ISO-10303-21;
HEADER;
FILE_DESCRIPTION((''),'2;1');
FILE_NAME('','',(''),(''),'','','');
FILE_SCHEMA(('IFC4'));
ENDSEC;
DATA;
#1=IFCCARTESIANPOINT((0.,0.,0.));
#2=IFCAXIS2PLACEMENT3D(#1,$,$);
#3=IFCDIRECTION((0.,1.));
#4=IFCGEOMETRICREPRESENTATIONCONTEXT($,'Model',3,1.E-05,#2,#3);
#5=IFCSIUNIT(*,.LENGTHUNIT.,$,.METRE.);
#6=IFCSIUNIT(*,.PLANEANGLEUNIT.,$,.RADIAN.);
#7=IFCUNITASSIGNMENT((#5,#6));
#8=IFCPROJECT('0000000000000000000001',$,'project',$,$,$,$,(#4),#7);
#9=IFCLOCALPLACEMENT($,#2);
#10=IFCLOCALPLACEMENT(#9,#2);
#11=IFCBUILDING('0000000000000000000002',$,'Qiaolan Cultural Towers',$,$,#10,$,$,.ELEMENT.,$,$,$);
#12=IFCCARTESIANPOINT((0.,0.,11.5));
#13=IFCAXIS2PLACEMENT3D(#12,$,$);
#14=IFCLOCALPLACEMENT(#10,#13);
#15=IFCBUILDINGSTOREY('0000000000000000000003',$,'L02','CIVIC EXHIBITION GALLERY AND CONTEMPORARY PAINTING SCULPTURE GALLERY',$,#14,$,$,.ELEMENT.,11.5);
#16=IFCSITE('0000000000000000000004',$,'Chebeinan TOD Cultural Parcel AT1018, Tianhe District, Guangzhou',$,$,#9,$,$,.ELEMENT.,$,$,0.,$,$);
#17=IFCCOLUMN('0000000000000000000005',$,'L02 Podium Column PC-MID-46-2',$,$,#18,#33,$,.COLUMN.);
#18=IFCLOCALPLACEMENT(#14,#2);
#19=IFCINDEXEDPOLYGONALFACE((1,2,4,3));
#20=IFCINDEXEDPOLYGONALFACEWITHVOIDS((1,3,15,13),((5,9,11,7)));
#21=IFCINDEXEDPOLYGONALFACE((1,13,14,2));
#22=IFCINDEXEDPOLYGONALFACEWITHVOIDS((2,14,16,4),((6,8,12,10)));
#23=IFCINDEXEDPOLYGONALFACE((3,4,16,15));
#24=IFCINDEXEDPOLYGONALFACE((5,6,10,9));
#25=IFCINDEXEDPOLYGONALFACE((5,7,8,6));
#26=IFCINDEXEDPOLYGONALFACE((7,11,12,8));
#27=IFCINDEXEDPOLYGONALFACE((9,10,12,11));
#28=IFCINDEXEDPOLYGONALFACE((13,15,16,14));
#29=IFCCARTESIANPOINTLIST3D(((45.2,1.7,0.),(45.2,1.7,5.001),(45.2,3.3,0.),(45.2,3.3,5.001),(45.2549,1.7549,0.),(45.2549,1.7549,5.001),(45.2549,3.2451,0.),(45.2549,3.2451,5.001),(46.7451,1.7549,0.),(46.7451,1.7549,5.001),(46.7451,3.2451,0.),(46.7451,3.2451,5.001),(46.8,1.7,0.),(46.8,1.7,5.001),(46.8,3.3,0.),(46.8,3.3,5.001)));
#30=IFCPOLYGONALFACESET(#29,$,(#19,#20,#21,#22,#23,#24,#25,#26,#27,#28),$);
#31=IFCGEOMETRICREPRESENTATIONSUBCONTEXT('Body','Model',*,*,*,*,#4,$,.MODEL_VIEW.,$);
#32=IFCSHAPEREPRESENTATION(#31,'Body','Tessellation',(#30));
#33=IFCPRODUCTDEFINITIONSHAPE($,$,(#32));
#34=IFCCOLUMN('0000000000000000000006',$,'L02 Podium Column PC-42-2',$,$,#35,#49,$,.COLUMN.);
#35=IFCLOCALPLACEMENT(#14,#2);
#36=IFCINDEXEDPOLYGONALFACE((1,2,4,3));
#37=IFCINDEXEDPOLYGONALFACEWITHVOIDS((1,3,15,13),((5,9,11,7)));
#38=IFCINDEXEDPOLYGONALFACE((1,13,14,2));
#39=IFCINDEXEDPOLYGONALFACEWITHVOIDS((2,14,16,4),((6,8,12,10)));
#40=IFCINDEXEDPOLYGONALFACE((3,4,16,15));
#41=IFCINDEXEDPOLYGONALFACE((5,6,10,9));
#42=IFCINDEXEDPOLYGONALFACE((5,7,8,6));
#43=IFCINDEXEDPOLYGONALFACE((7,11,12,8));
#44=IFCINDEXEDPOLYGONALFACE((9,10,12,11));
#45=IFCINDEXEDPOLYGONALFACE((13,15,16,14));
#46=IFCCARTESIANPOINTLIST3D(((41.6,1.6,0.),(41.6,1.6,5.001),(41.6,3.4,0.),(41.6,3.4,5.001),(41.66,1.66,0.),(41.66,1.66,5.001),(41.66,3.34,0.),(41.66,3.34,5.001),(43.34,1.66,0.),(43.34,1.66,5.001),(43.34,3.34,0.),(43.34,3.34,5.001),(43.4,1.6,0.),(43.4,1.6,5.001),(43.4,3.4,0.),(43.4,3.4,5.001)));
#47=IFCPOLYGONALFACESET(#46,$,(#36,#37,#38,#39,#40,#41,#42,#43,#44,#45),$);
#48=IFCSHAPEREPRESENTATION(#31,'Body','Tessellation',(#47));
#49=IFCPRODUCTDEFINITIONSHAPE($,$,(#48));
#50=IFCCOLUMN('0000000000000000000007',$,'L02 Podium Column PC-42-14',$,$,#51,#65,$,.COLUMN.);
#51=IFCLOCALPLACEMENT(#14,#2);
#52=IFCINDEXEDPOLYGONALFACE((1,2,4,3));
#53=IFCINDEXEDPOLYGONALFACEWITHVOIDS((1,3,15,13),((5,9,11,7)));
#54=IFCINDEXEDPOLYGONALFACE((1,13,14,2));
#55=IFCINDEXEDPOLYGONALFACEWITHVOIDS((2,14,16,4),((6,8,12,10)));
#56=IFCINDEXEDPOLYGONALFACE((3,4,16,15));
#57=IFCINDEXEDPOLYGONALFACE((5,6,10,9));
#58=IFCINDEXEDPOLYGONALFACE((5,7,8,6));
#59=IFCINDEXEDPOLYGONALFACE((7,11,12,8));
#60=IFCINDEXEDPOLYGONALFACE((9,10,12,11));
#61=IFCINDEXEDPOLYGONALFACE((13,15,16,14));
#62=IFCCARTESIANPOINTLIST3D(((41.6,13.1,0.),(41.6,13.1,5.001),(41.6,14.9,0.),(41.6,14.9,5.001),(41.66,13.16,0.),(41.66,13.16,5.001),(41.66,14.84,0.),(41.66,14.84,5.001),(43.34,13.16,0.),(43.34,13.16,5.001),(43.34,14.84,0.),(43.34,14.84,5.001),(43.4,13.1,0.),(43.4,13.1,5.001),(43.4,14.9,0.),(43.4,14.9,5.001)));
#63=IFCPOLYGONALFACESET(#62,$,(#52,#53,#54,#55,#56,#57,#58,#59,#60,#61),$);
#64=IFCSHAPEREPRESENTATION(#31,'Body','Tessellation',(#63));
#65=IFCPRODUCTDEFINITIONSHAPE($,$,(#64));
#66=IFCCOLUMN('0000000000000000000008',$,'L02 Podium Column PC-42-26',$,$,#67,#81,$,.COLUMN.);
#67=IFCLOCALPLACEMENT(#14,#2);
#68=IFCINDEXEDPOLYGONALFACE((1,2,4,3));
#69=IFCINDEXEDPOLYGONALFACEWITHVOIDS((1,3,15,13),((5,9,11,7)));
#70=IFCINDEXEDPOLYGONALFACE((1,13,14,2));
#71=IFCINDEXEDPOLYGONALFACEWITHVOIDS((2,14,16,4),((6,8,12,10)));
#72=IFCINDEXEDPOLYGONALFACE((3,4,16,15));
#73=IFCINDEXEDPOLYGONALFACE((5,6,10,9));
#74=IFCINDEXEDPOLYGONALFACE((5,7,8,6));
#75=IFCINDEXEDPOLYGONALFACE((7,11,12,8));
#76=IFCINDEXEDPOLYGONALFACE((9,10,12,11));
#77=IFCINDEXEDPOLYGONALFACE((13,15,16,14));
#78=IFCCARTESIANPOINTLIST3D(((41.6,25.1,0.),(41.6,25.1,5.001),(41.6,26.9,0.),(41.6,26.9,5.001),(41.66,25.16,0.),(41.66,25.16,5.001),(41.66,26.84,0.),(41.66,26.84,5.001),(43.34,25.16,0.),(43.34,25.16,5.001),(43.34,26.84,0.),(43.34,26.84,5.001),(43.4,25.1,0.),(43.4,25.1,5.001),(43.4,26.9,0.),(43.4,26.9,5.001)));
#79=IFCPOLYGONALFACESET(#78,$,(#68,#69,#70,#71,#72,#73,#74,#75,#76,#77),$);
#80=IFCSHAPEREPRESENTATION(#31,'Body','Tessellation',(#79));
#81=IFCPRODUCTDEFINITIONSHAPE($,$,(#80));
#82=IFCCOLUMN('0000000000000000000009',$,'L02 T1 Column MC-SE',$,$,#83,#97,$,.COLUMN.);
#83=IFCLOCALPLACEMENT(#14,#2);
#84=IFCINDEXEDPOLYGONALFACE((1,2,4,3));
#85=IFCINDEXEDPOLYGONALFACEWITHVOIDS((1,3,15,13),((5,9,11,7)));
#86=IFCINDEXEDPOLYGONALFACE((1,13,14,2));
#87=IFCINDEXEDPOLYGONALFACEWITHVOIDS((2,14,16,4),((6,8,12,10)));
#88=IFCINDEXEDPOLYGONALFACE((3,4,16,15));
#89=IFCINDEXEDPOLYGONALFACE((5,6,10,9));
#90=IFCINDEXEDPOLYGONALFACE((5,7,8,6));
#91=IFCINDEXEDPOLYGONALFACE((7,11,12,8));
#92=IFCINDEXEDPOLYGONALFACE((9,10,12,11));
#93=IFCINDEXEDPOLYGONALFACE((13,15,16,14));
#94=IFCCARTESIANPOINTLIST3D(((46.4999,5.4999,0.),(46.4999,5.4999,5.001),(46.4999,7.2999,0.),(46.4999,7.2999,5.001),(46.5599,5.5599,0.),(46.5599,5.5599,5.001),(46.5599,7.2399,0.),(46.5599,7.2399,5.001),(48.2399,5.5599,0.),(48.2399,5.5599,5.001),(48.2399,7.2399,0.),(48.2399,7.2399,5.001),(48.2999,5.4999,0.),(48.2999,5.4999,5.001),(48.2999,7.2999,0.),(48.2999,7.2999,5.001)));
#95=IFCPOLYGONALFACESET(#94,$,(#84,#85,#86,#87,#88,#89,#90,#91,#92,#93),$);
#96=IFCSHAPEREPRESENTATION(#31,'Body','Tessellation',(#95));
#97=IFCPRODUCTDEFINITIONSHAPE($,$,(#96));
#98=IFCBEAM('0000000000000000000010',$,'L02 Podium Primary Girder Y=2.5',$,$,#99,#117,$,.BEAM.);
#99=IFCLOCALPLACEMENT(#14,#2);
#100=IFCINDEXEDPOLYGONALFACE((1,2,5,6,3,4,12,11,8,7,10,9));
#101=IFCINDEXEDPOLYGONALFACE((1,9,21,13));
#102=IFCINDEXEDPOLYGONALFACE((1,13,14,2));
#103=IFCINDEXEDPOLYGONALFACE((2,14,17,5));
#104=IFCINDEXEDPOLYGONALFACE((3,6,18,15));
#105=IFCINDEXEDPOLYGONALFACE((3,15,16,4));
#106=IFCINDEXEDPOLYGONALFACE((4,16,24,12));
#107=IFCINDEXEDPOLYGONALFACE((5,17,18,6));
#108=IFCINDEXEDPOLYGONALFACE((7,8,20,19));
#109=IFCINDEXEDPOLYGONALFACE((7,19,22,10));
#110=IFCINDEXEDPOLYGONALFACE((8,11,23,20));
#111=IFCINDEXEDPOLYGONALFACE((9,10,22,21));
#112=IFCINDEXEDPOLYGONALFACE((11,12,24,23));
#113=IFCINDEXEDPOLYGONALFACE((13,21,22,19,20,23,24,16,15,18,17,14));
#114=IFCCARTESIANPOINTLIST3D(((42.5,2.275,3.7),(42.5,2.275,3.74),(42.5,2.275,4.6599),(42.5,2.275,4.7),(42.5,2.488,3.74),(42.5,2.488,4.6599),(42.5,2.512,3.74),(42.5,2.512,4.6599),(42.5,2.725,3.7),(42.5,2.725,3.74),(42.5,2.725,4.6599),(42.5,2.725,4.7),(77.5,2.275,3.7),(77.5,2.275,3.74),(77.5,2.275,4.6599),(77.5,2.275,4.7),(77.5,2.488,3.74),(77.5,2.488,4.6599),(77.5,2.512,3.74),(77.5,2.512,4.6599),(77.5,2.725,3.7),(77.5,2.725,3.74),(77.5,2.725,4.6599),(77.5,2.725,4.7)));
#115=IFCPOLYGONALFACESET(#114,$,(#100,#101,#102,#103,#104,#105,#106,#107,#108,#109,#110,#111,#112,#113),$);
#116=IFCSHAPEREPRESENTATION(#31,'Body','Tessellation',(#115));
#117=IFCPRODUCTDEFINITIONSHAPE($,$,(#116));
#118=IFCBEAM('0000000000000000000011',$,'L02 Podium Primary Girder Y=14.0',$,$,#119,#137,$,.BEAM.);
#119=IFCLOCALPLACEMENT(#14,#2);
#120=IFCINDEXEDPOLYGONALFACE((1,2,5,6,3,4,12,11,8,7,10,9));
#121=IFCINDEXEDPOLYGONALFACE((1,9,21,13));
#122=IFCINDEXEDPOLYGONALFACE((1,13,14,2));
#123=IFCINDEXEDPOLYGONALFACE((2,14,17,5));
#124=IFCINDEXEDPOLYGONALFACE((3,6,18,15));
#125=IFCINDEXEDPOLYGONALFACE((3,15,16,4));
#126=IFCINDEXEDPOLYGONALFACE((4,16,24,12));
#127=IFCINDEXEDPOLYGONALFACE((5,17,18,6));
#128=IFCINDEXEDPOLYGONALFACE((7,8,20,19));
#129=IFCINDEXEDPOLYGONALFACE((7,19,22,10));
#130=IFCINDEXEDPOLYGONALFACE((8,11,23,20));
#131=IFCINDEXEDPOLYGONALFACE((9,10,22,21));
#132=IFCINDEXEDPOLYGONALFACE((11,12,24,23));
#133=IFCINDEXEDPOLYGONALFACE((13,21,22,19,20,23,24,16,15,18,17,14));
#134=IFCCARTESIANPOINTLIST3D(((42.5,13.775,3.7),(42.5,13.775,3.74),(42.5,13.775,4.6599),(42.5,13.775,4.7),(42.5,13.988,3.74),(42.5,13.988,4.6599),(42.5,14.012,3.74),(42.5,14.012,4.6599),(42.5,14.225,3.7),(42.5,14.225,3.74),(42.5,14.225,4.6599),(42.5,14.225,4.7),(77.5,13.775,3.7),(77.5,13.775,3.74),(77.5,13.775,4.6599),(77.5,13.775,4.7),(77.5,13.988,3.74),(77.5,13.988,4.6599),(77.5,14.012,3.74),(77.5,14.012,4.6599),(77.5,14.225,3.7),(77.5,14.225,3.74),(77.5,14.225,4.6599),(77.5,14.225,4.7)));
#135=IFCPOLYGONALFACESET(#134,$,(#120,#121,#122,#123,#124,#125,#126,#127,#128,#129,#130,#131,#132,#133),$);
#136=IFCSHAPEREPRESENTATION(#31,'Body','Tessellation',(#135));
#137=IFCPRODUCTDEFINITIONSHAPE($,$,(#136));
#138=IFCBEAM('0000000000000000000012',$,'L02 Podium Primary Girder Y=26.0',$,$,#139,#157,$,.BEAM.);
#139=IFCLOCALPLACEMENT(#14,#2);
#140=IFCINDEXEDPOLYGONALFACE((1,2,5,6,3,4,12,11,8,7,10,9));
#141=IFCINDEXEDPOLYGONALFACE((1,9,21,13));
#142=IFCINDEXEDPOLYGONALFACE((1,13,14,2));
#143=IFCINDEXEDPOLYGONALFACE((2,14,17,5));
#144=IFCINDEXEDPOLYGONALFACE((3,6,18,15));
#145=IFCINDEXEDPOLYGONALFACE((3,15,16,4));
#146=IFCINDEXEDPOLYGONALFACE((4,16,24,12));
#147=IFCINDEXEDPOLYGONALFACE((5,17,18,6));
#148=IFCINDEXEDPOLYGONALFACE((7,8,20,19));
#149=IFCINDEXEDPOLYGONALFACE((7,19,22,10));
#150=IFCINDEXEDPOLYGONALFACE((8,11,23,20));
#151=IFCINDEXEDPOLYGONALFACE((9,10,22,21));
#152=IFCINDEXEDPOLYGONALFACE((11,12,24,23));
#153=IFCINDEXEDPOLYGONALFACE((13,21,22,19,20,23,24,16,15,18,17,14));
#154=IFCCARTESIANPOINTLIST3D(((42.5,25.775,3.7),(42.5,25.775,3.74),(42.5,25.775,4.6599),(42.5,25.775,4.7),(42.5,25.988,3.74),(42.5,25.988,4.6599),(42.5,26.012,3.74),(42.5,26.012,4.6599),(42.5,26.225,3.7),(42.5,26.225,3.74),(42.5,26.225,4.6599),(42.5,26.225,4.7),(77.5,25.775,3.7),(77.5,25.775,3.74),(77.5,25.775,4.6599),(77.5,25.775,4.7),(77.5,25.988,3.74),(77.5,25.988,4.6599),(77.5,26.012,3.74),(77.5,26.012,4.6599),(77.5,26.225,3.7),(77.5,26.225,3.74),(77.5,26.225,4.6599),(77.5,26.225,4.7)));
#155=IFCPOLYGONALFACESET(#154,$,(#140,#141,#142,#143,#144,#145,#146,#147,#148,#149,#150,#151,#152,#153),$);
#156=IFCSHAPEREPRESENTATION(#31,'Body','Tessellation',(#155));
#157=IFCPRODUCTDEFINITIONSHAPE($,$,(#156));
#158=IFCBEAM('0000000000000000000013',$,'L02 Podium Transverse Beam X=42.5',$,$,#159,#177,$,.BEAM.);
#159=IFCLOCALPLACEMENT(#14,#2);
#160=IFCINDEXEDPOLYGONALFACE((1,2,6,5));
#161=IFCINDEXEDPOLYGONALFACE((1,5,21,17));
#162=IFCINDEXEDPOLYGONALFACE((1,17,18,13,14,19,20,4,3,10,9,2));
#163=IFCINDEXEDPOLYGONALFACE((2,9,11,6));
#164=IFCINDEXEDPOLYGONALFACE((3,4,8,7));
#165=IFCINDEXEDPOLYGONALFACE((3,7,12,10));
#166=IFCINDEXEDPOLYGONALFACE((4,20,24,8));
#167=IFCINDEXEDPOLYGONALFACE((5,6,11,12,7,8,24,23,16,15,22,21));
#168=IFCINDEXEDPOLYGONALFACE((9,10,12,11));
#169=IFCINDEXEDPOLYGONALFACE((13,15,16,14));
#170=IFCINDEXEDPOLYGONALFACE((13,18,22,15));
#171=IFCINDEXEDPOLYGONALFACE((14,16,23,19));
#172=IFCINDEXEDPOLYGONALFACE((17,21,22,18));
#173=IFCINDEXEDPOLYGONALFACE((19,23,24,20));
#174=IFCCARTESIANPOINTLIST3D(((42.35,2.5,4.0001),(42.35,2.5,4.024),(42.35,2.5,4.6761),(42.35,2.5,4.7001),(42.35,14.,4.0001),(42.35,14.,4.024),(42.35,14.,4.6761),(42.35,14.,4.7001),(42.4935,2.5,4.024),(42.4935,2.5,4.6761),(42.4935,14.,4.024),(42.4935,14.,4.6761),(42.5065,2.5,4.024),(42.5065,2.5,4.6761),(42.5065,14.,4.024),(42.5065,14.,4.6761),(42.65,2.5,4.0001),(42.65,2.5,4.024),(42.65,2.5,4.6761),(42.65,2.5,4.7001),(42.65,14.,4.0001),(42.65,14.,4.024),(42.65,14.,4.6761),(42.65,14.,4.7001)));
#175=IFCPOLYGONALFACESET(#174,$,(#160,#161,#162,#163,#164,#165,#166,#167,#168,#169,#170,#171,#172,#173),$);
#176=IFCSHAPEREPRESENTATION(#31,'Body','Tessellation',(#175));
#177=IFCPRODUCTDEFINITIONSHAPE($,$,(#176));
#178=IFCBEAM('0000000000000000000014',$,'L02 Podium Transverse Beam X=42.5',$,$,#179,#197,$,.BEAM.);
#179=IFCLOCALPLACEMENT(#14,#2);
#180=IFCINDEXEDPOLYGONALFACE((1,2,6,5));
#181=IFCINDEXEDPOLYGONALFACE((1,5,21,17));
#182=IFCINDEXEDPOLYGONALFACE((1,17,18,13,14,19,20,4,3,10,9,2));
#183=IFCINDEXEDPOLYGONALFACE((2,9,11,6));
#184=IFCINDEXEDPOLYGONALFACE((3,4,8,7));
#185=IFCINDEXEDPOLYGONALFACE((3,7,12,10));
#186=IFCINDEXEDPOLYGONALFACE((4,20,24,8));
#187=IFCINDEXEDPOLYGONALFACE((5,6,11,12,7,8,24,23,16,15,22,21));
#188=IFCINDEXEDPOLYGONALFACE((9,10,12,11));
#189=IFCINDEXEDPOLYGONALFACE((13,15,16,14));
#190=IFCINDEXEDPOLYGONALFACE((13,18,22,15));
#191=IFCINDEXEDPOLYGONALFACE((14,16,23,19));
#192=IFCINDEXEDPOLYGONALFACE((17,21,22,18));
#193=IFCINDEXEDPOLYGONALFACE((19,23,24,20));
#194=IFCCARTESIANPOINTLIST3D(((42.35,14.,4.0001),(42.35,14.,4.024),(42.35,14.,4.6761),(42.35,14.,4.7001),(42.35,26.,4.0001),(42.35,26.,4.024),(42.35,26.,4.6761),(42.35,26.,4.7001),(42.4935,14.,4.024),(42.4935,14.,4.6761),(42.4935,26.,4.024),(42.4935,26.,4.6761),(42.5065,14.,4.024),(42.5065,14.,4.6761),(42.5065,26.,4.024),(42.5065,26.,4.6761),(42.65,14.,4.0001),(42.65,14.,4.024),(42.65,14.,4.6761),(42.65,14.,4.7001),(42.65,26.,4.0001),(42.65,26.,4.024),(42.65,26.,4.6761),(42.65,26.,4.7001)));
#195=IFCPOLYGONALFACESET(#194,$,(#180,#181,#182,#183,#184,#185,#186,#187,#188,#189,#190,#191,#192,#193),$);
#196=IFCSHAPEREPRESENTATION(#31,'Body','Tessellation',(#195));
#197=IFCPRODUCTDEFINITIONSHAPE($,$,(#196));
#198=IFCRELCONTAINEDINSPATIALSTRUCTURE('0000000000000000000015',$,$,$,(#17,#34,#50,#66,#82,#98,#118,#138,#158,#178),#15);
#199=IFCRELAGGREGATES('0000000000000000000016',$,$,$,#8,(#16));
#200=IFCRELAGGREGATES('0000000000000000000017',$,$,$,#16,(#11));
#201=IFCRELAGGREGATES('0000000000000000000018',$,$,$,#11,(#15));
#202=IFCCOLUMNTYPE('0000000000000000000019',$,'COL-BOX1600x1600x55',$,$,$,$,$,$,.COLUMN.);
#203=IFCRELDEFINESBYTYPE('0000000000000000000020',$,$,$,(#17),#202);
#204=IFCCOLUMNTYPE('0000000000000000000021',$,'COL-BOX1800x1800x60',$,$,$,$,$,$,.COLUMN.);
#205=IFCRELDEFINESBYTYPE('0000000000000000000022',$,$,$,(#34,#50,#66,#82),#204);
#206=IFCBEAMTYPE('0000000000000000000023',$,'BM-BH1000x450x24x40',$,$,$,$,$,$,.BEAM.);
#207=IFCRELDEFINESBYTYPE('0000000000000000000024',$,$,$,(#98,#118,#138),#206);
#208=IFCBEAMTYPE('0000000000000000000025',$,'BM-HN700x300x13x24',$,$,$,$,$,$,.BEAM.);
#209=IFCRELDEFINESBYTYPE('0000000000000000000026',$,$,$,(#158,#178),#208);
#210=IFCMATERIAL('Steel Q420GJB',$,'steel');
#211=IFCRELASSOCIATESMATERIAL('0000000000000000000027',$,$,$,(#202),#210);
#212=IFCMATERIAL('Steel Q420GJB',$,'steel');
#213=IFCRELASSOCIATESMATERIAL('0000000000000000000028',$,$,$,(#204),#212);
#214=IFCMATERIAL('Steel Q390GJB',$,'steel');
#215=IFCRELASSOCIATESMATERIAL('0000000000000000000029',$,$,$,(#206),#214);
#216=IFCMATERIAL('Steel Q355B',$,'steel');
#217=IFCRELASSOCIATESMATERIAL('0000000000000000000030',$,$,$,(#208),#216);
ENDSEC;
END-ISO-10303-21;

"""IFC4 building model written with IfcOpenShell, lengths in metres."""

from ifc_helpers import new_model, si_unit, direction, frame, origin, origin_2d, place, context, subcontext, project, spatial, hollow_rectangle, i_section, extrude, material, material_profile, profile_set, type_object, element, save


model = new_model("IFC4")

# Units and contexts
model_context = context("Model", 3, precision=1e-05, world=origin(), true_north=direction((0.0, 1.0)))
body_context = subcontext(model_context, "Body", "Model", "MODEL_VIEW")
ifc_project = project(units=[si_unit("LENGTHUNIT", "METRE"), si_unit("PLANEANGLEUNIT", "RADIAN")], contexts=[model_context])

# Site, building, storey
site_placement = place(None, origin())
site = spatial("IfcSite", under=ifc_project, at=site_placement, Name="Chebeinan TOD Cultural Parcel AT1018, Tianhe District, Guangzhou", CompositionType="ELEMENT", RefElevation=0.0)
building_placement = place(site_placement, origin())
building = spatial("IfcBuilding", under=site, at=building_placement, Name="Qiaolan Cultural Towers", CompositionType="ELEMENT")
storey_placement = place(building_placement, frame((0.0, 0.0, 11.5)))
storey = spatial("IfcBuildingStorey", under=building, at=storey_placement, Name="L02", Description="CIVIC EXHIBITION GALLERY AND CONTEMPORARY PAINTING SCULPTURE GALLERY", CompositionType="ELEMENT", Elevation=11.5)

# Columns
ifc_material_1 = material(Name="Steel Q420GJB", Category="steel")
ifc_material_profile_1 = material_profile(ifc_material_1, hollow_rectangle(XDim=1.6001, YDim=1.6001, WallThickness=0.0549, at=origin_2d()), Name="BOX1600x1600x55")
ifc_profile_set_1 = profile_set([ifc_material_profile_1], Name="Steel Q420GJB")
column_type_1 = type_object("IfcColumnType", Name="COL-BOX1600x1600x55", PredefinedType="COLUMN", material=ifc_profile_set_1)
column_placement = place(storey_placement, frame((46.0, 2.5, 0.0), z_axis=(0.0, 0.0, 1.0), x_axis=(1.0, 0.0, 0.0)))
element("IfcColumn", 1, at=column_placement, inside=storey, type_object=column_type_1, Name="L02 Podium Column PC-MID-46-2", PredefinedType="COLUMN", context=body_context, shape_type="SweptSolid", body=[
    extrude(hollow_rectangle(XDim=1.6001, YDim=1.6001, WallThickness=0.0549, at=origin_2d()), origin(), (0.0, 0.0, 1.0), 5.001),
])
ifc_material_2 = material(Name="Steel Q420GJB", Category="steel")
ifc_material_profile_2 = material_profile(ifc_material_2, hollow_rectangle(XDim=1.8, YDim=1.8, WallThickness=0.0601, at=origin_2d()), Name="BOX1800x1800x60")
ifc_profile_set_2 = profile_set([ifc_material_profile_2], Name="Steel Q420GJB")
column_type_2 = type_object("IfcColumnType", Name="COL-BOX1800x1800x60", PredefinedType="COLUMN", material=ifc_profile_set_2)
for number, where, z_axis, x_axis, name in (
    (2, (42.5, 2.5, 0.0), (0.0, 0.0, 1.0), (1.0, 0.0, 0.0), "L02 Podium Column PC-42-2"),
    (3, (42.5, 14.0, 0.0), (0.0, 0.0, 1.0), (1.0, 0.0, 0.0), "L02 Podium Column PC-42-14"),
    (4, (42.5, 26.0, 0.0), (0.0, 0.0, 1.0), (1.0, 0.0, 0.0), "L02 Podium Column PC-42-26"),
    (5, (47.3999, 6.3999, 0.0), (0.0, 0.0, 1.0), (1.0, 0.0, 0.0), "L02 T1 Column MC-SE"),
):
    element("IfcColumn", number, at=place(storey_placement, frame(where, z_axis=z_axis, x_axis=x_axis)), inside=storey, type_object=column_type_2, Name=name, PredefinedType="COLUMN", context=body_context, shape_type="SweptSolid", body=[
        extrude(hollow_rectangle(XDim=1.8, YDim=1.8, WallThickness=0.0601, at=origin_2d()), origin(), (0.0, 0.0, 1.0), 5.001),
    ])

# Beams
ifc_material_3 = material(Name="Steel Q390GJB", Category="steel")
ifc_material_profile_3 = material_profile(ifc_material_3, i_section(OverallWidth=0.45, OverallDepth=1.0, WebThickness=0.0239, FlangeThickness=0.04, at=origin_2d()), Name="BH1000x450x24x40")
ifc_profile_set_3 = profile_set([ifc_material_profile_3], Name="Steel Q390GJB")
beam_type_1 = type_object("IfcBeamType", Name="BM-BH1000x450x24x40", PredefinedType="BEAM", material=ifc_profile_set_3)
for number, where, z_axis, x_axis, name in (
    (6, (42.5, 2.5, 4.2), (1.0, 0.0, 0.0), (0.0, 1.0, 0.0), "L02 Podium Primary Girder Y=2.5"),
    (7, (42.5, 14.0, 4.2), (1.0, 0.0, 0.0), (0.0, 1.0, 0.0), "L02 Podium Primary Girder Y=14.0"),
    (8, (42.5, 26.0, 4.2), (1.0, 0.0, 0.0), (0.0, 1.0, 0.0), "L02 Podium Primary Girder Y=26.0"),
):
    element("IfcBeam", number, at=place(storey_placement, frame(where, z_axis=z_axis, x_axis=x_axis)), inside=storey, type_object=beam_type_1, Name=name, PredefinedType="BEAM", context=body_context, shape_type="SweptSolid", body=[
        extrude(i_section(OverallWidth=0.45, OverallDepth=1.0, WebThickness=0.0239, FlangeThickness=0.04, at=origin_2d()), origin(), (0.0, 0.0, 1.0), 35.0),
    ])
ifc_material_4 = material(Name="Steel Q355B", Category="steel")
ifc_material_profile_4 = material_profile(ifc_material_4, i_section(OverallWidth=0.3, OverallDepth=0.7, WebThickness=0.0129, FlangeThickness=0.0239, at=origin_2d()), Name="HN700x300x13x24")
ifc_profile_set_4 = profile_set([ifc_material_profile_4], Name="Steel Q355B")
beam_type_2 = type_object("IfcBeamType", Name="BM-HN700x300x13x24", PredefinedType="BEAM", material=ifc_profile_set_4)
beam_1_placement = place(storey_placement, frame((42.5, 2.5, 4.3501), z_axis=(0.0, 1.0, 0.0), x_axis=(-1.0, 0.0, 0.0)))
element("IfcBeam", 9, at=beam_1_placement, inside=storey, type_object=beam_type_2, Name="L02 Podium Transverse Beam X=42.5", PredefinedType="BEAM", context=body_context, shape_type="SweptSolid", body=[
    extrude(i_section(OverallWidth=0.3, OverallDepth=0.7, WebThickness=0.0129, FlangeThickness=0.0239, at=origin_2d()), origin(), (0.0, 0.0, 1.0), 11.5),
])
beam_2_placement = place(storey_placement, frame((42.5, 14.0, 4.3501), z_axis=(0.0, 1.0, 0.0), x_axis=(-1.0, 0.0, 0.0)))
element("IfcBeam", 10, at=beam_2_placement, inside=storey, type_object=beam_type_2, Name="L02 Podium Transverse Beam X=42.5", PredefinedType="BEAM", context=body_context, shape_type="SweptSolid", body=[
    extrude(i_section(OverallWidth=0.3, OverallDepth=0.7, WebThickness=0.0129, FlangeThickness=0.0239, at=origin_2d()), origin(), (0.0, 0.0, 1.0), 12.0),
])

save(model, "model.ifc")
